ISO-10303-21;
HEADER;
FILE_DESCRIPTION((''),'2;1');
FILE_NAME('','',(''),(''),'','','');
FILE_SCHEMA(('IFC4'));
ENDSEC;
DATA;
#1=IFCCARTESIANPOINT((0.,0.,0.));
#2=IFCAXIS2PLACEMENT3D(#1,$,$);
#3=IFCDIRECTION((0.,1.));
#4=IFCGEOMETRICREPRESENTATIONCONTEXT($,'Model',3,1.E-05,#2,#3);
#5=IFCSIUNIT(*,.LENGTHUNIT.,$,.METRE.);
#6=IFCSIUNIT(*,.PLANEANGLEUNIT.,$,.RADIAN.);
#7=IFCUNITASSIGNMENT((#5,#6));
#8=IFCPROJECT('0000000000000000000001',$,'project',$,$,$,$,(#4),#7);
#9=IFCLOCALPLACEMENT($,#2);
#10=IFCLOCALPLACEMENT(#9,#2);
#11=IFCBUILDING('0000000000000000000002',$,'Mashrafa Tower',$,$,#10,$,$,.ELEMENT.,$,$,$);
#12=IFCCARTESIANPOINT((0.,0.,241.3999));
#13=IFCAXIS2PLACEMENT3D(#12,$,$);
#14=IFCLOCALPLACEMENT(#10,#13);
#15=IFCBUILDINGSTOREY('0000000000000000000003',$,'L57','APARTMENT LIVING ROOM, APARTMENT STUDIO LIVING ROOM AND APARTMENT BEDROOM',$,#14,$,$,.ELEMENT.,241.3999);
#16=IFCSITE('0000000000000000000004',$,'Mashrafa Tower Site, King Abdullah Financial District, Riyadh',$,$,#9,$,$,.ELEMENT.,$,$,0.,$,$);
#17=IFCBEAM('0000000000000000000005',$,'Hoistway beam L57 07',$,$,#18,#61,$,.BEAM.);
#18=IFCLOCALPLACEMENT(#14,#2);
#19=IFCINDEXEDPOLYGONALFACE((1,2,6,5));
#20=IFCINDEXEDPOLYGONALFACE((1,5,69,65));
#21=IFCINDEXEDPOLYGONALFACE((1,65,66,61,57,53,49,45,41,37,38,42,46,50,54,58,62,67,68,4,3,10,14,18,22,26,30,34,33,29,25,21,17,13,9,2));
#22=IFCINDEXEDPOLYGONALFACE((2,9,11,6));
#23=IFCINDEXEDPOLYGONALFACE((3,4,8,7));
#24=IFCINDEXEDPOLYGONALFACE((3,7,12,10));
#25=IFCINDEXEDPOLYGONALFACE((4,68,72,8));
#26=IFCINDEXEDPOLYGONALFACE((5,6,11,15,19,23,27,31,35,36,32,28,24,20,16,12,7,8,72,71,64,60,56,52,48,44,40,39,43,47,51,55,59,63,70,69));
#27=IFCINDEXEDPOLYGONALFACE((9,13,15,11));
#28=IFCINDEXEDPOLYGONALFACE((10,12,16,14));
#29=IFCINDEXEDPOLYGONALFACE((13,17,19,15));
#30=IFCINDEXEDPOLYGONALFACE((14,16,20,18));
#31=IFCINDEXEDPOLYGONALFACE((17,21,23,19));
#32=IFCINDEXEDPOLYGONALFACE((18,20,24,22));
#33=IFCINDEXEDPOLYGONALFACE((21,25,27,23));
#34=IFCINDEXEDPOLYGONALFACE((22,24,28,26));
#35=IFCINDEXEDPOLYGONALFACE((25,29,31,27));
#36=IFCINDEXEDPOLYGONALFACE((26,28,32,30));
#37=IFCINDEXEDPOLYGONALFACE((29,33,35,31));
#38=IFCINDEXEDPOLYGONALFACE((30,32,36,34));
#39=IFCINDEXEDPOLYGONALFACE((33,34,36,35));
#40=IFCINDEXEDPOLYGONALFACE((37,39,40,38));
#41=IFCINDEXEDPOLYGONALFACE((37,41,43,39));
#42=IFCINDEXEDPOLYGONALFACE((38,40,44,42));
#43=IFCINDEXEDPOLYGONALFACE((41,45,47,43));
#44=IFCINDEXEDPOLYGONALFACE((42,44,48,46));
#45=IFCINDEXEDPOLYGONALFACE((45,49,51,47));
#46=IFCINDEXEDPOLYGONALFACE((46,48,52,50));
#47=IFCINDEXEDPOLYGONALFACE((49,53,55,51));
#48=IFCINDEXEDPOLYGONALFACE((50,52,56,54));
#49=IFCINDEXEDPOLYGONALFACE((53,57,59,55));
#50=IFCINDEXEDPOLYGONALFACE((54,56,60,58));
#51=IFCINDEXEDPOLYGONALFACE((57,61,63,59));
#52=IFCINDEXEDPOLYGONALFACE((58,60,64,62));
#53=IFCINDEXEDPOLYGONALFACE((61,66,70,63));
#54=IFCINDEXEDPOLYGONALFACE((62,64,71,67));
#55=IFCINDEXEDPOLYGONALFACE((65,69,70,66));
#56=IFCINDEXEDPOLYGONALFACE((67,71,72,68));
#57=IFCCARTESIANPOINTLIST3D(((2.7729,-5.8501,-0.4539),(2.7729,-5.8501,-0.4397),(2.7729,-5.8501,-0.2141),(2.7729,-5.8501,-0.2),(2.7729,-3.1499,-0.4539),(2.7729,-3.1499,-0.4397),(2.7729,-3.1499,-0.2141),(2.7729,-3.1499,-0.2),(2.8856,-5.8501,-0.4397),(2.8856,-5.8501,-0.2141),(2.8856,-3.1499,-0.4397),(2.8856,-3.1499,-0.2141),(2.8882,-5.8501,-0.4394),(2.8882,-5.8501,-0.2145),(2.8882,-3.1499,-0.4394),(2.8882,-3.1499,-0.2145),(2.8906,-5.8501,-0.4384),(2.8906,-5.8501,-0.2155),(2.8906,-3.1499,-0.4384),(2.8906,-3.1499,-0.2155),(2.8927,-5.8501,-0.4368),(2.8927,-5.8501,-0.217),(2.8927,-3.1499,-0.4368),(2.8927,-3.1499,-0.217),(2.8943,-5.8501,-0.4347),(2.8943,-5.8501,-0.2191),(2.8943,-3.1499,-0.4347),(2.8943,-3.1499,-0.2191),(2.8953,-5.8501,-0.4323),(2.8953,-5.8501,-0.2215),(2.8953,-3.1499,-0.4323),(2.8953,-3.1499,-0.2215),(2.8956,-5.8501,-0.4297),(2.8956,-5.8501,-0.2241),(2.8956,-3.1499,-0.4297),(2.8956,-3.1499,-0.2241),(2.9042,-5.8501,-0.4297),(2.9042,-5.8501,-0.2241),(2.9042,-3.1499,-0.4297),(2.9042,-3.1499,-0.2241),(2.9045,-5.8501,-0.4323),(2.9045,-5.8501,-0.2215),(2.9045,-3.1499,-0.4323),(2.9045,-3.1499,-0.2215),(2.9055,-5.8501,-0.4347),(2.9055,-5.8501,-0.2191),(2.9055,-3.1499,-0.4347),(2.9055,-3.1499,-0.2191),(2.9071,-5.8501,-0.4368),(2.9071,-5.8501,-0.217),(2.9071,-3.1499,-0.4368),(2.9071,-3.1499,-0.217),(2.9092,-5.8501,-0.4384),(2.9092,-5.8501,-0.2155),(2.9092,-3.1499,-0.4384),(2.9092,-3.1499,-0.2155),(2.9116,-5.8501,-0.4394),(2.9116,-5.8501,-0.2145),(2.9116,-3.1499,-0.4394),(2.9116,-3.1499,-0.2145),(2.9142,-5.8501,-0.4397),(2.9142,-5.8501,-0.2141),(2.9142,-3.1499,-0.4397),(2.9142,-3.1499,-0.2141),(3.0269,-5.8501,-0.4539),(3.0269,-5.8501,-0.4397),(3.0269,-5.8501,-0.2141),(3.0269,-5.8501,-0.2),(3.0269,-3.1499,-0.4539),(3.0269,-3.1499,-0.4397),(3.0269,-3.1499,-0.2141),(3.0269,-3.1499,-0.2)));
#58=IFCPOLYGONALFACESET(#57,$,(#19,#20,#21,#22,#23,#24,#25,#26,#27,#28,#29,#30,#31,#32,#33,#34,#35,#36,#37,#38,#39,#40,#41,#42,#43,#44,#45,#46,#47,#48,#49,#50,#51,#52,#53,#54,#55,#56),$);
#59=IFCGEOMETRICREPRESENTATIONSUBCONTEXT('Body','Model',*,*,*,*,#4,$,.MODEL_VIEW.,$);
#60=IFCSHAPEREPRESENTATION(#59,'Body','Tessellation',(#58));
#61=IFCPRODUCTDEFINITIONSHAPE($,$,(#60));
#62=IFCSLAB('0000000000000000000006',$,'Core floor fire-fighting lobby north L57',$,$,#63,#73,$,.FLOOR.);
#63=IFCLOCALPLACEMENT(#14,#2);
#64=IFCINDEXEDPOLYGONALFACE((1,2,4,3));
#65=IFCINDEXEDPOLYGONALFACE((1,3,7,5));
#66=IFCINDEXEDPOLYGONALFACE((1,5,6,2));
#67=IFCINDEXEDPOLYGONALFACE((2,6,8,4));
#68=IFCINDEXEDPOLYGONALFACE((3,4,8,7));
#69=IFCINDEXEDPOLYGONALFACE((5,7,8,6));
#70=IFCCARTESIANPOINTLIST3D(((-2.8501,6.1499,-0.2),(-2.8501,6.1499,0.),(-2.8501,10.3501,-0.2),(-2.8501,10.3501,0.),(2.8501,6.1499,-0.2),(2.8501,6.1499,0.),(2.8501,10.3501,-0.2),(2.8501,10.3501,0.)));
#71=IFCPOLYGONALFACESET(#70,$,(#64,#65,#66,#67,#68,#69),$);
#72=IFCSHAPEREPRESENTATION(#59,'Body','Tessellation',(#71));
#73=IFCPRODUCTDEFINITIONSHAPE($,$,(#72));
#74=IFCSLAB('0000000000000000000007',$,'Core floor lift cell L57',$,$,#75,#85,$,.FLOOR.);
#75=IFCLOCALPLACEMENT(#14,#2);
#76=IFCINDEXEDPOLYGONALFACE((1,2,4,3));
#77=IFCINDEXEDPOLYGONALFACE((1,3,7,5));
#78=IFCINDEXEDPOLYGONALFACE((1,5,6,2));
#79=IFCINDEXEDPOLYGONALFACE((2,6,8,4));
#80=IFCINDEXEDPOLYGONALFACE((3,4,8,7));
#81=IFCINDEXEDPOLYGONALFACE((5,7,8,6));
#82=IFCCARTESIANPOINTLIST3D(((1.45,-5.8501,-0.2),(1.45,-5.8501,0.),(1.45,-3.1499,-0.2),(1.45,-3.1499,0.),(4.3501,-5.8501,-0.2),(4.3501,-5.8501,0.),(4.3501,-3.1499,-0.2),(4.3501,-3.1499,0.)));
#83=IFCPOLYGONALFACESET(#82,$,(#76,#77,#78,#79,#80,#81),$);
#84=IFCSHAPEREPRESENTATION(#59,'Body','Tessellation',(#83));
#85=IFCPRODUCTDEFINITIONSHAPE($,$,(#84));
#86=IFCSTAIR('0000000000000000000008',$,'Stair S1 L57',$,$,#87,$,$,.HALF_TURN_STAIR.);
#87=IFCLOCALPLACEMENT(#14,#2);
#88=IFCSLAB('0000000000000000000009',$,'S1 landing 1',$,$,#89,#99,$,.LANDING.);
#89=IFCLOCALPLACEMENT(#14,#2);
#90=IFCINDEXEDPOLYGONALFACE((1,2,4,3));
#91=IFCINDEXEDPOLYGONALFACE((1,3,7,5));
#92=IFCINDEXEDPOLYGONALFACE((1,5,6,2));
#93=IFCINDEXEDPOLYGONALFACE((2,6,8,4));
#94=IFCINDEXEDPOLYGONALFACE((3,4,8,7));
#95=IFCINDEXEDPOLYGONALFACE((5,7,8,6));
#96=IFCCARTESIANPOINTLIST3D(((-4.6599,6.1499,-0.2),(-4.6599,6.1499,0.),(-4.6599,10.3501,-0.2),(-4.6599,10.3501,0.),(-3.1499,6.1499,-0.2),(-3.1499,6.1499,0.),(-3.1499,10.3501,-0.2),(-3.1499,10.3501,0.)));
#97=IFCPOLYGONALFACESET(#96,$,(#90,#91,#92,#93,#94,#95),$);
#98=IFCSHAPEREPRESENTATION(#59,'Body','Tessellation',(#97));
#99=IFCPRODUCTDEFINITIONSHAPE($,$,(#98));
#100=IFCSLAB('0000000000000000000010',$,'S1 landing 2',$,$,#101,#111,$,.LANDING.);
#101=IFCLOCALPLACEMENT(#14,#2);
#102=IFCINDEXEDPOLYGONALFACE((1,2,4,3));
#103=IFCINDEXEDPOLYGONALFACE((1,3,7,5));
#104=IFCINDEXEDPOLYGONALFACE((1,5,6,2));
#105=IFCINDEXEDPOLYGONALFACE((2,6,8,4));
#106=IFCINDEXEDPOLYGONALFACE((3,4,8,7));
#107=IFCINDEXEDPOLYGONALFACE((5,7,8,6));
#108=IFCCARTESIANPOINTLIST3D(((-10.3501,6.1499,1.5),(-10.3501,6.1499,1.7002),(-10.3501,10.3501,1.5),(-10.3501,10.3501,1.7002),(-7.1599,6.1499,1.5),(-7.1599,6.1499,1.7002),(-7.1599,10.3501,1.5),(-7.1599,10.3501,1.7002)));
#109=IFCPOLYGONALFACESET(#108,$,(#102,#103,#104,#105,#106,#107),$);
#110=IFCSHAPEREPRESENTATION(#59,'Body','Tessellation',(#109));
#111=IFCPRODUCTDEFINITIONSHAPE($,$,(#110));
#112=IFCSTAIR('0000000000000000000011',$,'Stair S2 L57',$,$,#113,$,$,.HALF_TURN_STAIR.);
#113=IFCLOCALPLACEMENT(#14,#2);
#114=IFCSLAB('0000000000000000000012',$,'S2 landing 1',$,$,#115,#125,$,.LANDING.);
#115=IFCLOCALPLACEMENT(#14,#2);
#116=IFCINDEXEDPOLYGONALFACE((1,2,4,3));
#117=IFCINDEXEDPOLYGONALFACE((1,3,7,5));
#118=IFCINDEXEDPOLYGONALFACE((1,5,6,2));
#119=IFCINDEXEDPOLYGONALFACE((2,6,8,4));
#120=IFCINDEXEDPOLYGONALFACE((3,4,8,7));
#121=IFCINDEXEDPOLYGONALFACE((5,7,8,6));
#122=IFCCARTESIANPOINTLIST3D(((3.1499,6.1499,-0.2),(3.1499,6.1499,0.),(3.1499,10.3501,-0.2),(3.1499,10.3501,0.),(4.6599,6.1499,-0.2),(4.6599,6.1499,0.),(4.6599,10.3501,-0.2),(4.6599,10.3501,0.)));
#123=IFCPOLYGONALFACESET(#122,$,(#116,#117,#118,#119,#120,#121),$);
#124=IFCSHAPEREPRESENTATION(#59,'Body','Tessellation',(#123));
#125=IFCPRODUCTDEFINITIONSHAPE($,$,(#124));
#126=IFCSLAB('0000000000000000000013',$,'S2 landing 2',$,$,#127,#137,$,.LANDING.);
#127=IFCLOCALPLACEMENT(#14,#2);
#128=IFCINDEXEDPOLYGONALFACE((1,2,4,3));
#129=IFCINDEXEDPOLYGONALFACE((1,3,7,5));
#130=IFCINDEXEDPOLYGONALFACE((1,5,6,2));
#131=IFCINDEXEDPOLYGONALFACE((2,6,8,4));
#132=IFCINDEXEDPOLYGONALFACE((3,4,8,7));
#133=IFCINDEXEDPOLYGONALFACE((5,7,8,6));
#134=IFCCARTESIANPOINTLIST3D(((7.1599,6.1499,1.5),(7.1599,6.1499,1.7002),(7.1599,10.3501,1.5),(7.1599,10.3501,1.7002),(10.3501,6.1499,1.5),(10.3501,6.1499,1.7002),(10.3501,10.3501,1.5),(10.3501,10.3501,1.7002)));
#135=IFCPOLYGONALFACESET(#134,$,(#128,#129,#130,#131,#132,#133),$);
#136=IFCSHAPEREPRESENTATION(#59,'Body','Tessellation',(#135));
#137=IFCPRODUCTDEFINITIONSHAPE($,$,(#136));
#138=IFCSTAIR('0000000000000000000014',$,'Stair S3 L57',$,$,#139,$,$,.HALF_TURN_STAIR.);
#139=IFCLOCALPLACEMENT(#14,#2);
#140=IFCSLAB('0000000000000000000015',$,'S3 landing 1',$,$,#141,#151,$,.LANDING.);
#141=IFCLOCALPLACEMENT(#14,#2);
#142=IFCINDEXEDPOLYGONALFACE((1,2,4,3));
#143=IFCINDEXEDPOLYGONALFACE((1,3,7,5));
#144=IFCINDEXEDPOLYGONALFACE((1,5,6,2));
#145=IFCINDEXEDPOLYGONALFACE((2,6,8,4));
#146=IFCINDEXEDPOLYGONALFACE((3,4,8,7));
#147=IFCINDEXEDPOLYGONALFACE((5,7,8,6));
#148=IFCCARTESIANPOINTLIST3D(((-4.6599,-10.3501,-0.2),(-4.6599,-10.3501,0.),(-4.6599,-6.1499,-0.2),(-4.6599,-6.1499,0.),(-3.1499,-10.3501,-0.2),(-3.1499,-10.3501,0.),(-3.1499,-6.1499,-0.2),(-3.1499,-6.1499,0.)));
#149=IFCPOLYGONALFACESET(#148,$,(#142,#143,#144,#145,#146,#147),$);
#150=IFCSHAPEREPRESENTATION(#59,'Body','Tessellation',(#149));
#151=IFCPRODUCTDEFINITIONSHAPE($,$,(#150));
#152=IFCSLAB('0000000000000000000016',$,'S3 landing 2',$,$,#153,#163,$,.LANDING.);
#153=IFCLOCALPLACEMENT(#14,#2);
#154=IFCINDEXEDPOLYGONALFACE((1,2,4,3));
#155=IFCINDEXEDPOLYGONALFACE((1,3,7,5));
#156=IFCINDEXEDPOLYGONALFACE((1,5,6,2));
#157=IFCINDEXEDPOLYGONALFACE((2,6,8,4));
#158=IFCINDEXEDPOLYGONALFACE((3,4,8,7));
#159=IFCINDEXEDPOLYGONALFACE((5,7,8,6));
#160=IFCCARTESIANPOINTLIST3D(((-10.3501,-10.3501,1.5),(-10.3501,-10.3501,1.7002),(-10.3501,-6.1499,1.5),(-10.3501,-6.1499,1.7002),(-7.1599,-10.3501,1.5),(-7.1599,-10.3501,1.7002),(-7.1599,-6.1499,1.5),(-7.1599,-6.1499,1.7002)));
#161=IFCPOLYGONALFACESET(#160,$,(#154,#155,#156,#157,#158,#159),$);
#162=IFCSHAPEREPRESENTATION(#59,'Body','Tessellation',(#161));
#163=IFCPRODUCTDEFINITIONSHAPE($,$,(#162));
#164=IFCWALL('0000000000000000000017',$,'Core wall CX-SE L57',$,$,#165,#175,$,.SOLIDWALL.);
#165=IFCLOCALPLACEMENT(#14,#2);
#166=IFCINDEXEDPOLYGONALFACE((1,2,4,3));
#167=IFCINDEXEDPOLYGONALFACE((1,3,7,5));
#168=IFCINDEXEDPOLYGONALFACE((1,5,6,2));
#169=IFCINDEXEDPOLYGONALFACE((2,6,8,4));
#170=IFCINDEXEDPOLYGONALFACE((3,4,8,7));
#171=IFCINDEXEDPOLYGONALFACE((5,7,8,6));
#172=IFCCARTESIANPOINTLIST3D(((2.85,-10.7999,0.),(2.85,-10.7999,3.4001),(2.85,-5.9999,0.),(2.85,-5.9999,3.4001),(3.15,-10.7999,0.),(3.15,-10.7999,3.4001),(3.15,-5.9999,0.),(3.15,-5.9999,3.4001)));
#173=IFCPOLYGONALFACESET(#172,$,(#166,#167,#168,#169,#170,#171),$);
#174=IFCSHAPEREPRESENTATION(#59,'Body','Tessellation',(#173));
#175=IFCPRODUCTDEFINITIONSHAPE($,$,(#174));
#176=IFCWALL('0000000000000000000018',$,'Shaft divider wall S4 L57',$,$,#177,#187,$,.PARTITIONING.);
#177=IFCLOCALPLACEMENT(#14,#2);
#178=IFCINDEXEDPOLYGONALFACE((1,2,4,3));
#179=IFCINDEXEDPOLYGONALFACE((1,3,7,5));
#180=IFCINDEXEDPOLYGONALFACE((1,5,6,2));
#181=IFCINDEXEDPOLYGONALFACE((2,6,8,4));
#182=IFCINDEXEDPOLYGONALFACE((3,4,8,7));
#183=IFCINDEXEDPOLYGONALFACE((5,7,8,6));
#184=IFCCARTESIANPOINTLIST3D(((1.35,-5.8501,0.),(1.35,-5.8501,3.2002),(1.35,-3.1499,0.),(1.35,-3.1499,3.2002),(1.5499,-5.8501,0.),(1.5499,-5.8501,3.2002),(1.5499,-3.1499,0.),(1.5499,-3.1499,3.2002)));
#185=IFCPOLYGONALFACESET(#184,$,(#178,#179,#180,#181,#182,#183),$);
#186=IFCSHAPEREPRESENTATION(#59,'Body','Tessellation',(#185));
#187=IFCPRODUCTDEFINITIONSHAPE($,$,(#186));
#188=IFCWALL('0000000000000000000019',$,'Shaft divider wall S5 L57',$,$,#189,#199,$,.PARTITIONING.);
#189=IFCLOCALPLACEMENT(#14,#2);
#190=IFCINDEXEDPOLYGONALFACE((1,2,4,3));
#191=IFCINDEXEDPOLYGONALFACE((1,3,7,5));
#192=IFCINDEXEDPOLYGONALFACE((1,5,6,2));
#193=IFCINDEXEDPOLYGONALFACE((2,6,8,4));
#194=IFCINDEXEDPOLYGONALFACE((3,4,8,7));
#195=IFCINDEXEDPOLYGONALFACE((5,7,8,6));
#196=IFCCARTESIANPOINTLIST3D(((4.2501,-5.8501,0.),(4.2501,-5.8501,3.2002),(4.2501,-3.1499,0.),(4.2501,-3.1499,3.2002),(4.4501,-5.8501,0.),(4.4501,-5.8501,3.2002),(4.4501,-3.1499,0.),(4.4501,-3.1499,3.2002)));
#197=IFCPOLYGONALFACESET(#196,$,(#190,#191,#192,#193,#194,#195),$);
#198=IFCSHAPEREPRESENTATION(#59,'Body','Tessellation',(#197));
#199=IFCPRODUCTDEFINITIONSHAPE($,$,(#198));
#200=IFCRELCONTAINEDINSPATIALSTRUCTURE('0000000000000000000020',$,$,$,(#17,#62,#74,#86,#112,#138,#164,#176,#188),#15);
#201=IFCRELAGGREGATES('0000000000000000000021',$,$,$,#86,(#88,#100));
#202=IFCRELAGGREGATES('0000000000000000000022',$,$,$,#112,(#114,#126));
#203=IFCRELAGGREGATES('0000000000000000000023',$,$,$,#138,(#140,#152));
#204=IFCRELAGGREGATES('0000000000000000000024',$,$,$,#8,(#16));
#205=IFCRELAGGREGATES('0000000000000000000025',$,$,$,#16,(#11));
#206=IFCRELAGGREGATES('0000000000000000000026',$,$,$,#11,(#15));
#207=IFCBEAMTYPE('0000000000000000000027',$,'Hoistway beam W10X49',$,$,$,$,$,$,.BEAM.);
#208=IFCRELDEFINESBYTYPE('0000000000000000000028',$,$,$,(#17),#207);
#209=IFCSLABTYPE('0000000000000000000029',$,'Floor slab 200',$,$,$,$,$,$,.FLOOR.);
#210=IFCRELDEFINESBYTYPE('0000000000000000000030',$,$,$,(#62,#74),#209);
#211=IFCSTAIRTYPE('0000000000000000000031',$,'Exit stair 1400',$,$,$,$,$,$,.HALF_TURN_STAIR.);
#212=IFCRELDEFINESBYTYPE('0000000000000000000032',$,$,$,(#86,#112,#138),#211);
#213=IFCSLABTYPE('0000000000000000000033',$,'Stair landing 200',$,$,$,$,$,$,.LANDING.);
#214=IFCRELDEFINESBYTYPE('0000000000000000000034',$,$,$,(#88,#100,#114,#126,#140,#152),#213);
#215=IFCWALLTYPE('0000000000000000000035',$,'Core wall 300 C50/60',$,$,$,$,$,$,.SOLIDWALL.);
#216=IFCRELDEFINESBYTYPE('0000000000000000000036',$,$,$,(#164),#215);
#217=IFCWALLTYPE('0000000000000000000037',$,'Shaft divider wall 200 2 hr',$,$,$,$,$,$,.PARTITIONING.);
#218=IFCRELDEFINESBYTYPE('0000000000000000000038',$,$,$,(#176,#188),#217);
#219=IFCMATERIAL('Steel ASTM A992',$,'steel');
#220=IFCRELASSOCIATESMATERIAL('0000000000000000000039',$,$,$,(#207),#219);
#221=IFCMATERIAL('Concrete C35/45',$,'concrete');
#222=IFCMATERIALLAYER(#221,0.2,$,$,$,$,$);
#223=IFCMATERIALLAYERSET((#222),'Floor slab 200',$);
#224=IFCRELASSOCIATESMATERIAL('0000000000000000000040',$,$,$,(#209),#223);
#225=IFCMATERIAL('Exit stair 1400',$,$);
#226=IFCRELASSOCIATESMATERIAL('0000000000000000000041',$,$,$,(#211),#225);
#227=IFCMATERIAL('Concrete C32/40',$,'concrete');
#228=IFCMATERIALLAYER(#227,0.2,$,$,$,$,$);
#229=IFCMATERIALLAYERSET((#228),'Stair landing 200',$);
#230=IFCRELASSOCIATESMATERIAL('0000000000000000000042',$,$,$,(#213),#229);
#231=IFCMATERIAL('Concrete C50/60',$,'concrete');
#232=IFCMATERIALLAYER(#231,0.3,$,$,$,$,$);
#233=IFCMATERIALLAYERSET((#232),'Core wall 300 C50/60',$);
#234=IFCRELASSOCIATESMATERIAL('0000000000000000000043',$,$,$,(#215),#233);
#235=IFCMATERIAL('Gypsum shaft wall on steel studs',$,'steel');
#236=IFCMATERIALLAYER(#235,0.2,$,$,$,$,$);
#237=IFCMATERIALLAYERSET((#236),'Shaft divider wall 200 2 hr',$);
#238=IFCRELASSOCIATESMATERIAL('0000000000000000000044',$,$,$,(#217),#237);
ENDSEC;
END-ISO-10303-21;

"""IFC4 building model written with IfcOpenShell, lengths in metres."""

from ifc_helpers import new_model, si_unit, direction, frame, frame_2d, origin, origin_2d, place, context, subcontext, project, spatial, polyline, rectangle, i_section, outline, extrude, material, layer, layer_set, material_profile, profile_set, type_object, element, aggregate, save


model = new_model("IFC4")

# Units and contexts
model_context = context("Model", 3, precision=1e-05, world=origin(), true_north=direction((0.0, 1.0)))
body_context = subcontext(model_context, "Body", "Model", "MODEL_VIEW")
ifc_project = project(units=[si_unit("LENGTHUNIT", "METRE"), si_unit("PLANEANGLEUNIT", "RADIAN")], contexts=[model_context])

# Site, building, storey
site_placement = place(None, origin())
site = spatial("IfcSite", under=ifc_project, at=site_placement, Name="Mashrafa Tower Site, King Abdullah Financial District, Riyadh", CompositionType="ELEMENT", RefElevation=0.0)
building_placement = place(site_placement, origin())
building = spatial("IfcBuilding", under=site, at=building_placement, Name="Mashrafa Tower", CompositionType="ELEMENT")
storey_placement = place(building_placement, frame((0.0, 0.0, 241.3999)))
storey = spatial("IfcBuildingStorey", under=building, at=storey_placement, Name="L57", Description="APARTMENT LIVING ROOM, APARTMENT STUDIO LIVING ROOM AND APARTMENT BEDROOM", CompositionType="ELEMENT", Elevation=241.3999)

# Beam
ifc_material_1 = material(Name="Steel ASTM A992", Category="steel")
ifc_material_profile = material_profile(ifc_material_1, i_section(OverallWidth=0.2539, OverallDepth=0.2539, WebThickness=0.0085, FlangeThickness=0.0142, FilletRadius=0.01, at=origin_2d()), Name="W10X49")
ifc_profile_set = profile_set([ifc_material_profile], Name="Steel ASTM A992")
beam_type = type_object("IfcBeamType", Name="Hoistway beam W10X49", PredefinedType="BEAM", material=ifc_profile_set)
beam_placement = place(storey_placement, frame((2.8999, -5.8501, -0.3269), z_axis=(0.0, 1.0, 0.0), x_axis=(-1.0, 0.0, 0.0)))
element("IfcBeam", 1, at=beam_placement, inside=storey, type_object=beam_type, Name="Hoistway beam L57 07", PredefinedType="BEAM", context=body_context, shape_type="SweptSolid", body=[
    extrude(i_section(OverallWidth=0.2539, OverallDepth=0.2539, WebThickness=0.0085, FlangeThickness=0.0142, FilletRadius=0.01, at=origin_2d()), origin(), (0.0, 0.0, 1.0), 2.7002),
])

# Slabs
ifc_material_2 = material(Name="Concrete C35/45", Category="concrete")
ifc_layer_1 = layer(ifc_material_2, 0.2)
ifc_layer_set_1 = layer_set([ifc_layer_1], Name="Floor slab 200")
slab_type_1 = type_object("IfcSlabType", Name="Floor slab 200", PredefinedType="FLOOR", material=ifc_layer_set_1)
slab_1_placement = place(storey_placement, frame((0.0, 0.0, -0.2)))
element("IfcSlab", 2, at=slab_1_placement, inside=storey, type_object=slab_type_1, Name="Core floor fire-fighting lobby north L57", PredefinedType="FLOOR", context=body_context, shape_type="SweptSolid", body=[
    extrude(outline(polyline([(-2.8501, 10.3501), (2.8501, 10.3501), (2.8501, 6.1499), (-2.8501, 6.1499), (-2.8501, 10.3501)])), origin(), (0.0, 0.0, 1.0), 0.2),
])
slab_2_placement = place(storey_placement, frame((0.0, 0.0, -0.2)))
element("IfcSlab", 3, at=slab_2_placement, inside=storey, type_object=slab_type_1, Name="Core floor lift cell L57", PredefinedType="FLOOR", context=body_context, shape_type="SweptSolid", body=[
    extrude(outline(polyline([(4.3501, -3.1499), (4.3501, -5.8501), (1.45, -5.8501), (1.45, -3.1499), (4.3501, -3.1499)])), origin(), (0.0, 0.0, 1.0), 0.2),
])

# Stairs, slabs
ifc_material_3 = material(Name="Exit stair 1400")
stair_type = type_object("IfcStairType", Name="Exit stair 1400", PredefinedType="HALF_TURN_STAIR", material=ifc_material_3)
stair_1_placement = place(storey_placement, origin())
stair_1 = element("IfcStair", 4, at=stair_1_placement, inside=storey, type_object=stair_type, Name="Stair S1 L57", PredefinedType="HALF_TURN_STAIR")
ifc_material_4 = material(Name="Concrete C32/40", Category="concrete")
ifc_layer_2 = layer(ifc_material_4, 0.2)
ifc_layer_set_2 = layer_set([ifc_layer_2], Name="Stair landing 200")
slab_type_2 = type_object("IfcSlabType", Name="Stair landing 200", PredefinedType="LANDING", material=ifc_layer_set_2)
slab_3_placement = place(storey_placement, frame((0.0, 0.0, -0.2)))
slab_3 = element("IfcSlab", 5, at=slab_3_placement, type_object=slab_type_2, Name="S1 landing 1", PredefinedType="LANDING", context=body_context, shape_type="SweptSolid", body=[
    extrude(outline(polyline([(-4.6599, 6.1499), (-3.1499, 6.1499), (-3.1499, 10.3501), (-4.6599, 10.3501), (-4.6599, 6.1499)])), origin(), (0.0, 0.0, 1.0), 0.2),
])
slab_4_placement = place(storey_placement, frame((0.0, 0.0, 1.5)))
slab_4 = element("IfcSlab", 6, at=slab_4_placement, type_object=slab_type_2, Name="S1 landing 2", PredefinedType="LANDING", context=body_context, shape_type="SweptSolid", body=[
    extrude(outline(polyline([(-10.3501, 6.1499), (-7.1599, 6.1499), (-7.1599, 10.3501), (-10.3501, 10.3501), (-10.3501, 6.1499)])), origin(), (0.0, 0.0, 1.0), 0.2002),
])
aggregate(stair_1, [slab_3, slab_4])
stair_2_placement = place(storey_placement, origin())
stair_2 = element("IfcStair", 7, at=stair_2_placement, inside=storey, type_object=stair_type, Name="Stair S2 L57", PredefinedType="HALF_TURN_STAIR")
slab_5_placement = place(storey_placement, frame((0.0, 0.0, -0.2)))
slab_5 = element("IfcSlab", 8, at=slab_5_placement, type_object=slab_type_2, Name="S2 landing 1", PredefinedType="LANDING", context=body_context, shape_type="SweptSolid", body=[
    extrude(outline(polyline([(3.1499, 6.1499), (4.6599, 6.1499), (4.6599, 10.3501), (3.1499, 10.3501), (3.1499, 6.1499)])), origin(), (0.0, 0.0, 1.0), 0.2),
])
slab_6_placement = place(storey_placement, frame((0.0, 0.0, 1.5)))
slab_6 = element("IfcSlab", 9, at=slab_6_placement, type_object=slab_type_2, Name="S2 landing 2", PredefinedType="LANDING", context=body_context, shape_type="SweptSolid", body=[
    extrude(outline(polyline([(7.1599, 6.1499), (10.3501, 6.1499), (10.3501, 10.3501), (7.1599, 10.3501), (7.1599, 6.1499)])), origin(), (0.0, 0.0, 1.0), 0.2002),
])
aggregate(stair_2, [slab_5, slab_6])
stair_3_placement = place(storey_placement, origin())
stair_3 = element("IfcStair", 10, at=stair_3_placement, inside=storey, type_object=stair_type, Name="Stair S3 L57", PredefinedType="HALF_TURN_STAIR")
slab_7_placement = place(storey_placement, frame((0.0, 0.0, -0.2)))
slab_7 = element("IfcSlab", 11, at=slab_7_placement, type_object=slab_type_2, Name="S3 landing 1", PredefinedType="LANDING", context=body_context, shape_type="SweptSolid", body=[
    extrude(outline(polyline([(-4.6599, -10.3501), (-3.1499, -10.3501), (-3.1499, -6.1499), (-4.6599, -6.1499), (-4.6599, -10.3501)])), origin(), (0.0, 0.0, 1.0), 0.2),
])
slab_8_placement = place(storey_placement, frame((0.0, 0.0, 1.5)))
slab_8 = element("IfcSlab", 12, at=slab_8_placement, type_object=slab_type_2, Name="S3 landing 2", PredefinedType="LANDING", context=body_context, shape_type="SweptSolid", body=[
    extrude(outline(polyline([(-10.3501, -10.3501), (-7.1599, -10.3501), (-7.1599, -6.1499), (-10.3501, -6.1499), (-10.3501, -10.3501)])), origin(), (0.0, 0.0, 1.0), 0.2002),
])
aggregate(stair_3, [slab_7, slab_8])

# Walls
ifc_material_5 = material(Name="Concrete C50/60", Category="concrete")
ifc_layer_3 = layer(ifc_material_5, 0.3)
ifc_layer_set_3 = layer_set([ifc_layer_3], Name="Core wall 300 C50/60")
wall_type_1 = type_object("IfcWallType", Name="Core wall 300 C50/60", PredefinedType="SOLIDWALL", material=ifc_layer_set_3)
wall_1_placement = place(storey_placement, frame((3.0, -6.0, 0.0), z_axis=(0.0, 0.0, 1.0), x_axis=(0.0, -1.0, 0.0)))
element("IfcWall", 13, at=wall_1_placement, inside=storey, type_object=wall_type_1, Name="Core wall CX-SE L57", PredefinedType="SOLIDWALL", context=body_context, shape_type="SweptSolid", body=[
    extrude(rectangle(XDim=4.8, YDim=0.3, at=frame_2d((2.3999, 0.0))), origin(), (0.0, 0.0, 1.0), 3.4001),
])
ifc_material_6 = material(Name="Gypsum shaft wall on steel studs", Category="steel")
ifc_layer_4 = layer(ifc_material_6, 0.2)
ifc_layer_set_4 = layer_set([ifc_layer_4], Name="Shaft divider wall 200 2 hr")
wall_type_2 = type_object("IfcWallType", Name="Shaft divider wall 200 2 hr", PredefinedType="PARTITIONING", material=ifc_layer_set_4)
for number, where, z_axis, x_axis, name in (
    (14, (1.45, -5.8501, 0.0), (0.0, 0.0, 1.0), (0.0, 1.0, 0.0), "Shaft divider wall S4 L57"),
    (15, (4.3501, -5.8501, 0.0), (0.0, 0.0, 1.0), (0.0, 1.0, 0.0), "Shaft divider wall S5 L57"),
):
    element("IfcWall", number, at=place(storey_placement, frame(where, z_axis=z_axis, x_axis=x_axis)), inside=storey, type_object=wall_type_2, Name=name, PredefinedType="PARTITIONING", context=body_context, shape_type="SweptSolid", body=[
        extrude(rectangle(XDim=2.7002, YDim=0.2, at=frame_2d((1.3501, 0.0))), origin(), (0.0, 0.0, 1.0), 3.2002),
    ])

save(model, "model.ifc")
